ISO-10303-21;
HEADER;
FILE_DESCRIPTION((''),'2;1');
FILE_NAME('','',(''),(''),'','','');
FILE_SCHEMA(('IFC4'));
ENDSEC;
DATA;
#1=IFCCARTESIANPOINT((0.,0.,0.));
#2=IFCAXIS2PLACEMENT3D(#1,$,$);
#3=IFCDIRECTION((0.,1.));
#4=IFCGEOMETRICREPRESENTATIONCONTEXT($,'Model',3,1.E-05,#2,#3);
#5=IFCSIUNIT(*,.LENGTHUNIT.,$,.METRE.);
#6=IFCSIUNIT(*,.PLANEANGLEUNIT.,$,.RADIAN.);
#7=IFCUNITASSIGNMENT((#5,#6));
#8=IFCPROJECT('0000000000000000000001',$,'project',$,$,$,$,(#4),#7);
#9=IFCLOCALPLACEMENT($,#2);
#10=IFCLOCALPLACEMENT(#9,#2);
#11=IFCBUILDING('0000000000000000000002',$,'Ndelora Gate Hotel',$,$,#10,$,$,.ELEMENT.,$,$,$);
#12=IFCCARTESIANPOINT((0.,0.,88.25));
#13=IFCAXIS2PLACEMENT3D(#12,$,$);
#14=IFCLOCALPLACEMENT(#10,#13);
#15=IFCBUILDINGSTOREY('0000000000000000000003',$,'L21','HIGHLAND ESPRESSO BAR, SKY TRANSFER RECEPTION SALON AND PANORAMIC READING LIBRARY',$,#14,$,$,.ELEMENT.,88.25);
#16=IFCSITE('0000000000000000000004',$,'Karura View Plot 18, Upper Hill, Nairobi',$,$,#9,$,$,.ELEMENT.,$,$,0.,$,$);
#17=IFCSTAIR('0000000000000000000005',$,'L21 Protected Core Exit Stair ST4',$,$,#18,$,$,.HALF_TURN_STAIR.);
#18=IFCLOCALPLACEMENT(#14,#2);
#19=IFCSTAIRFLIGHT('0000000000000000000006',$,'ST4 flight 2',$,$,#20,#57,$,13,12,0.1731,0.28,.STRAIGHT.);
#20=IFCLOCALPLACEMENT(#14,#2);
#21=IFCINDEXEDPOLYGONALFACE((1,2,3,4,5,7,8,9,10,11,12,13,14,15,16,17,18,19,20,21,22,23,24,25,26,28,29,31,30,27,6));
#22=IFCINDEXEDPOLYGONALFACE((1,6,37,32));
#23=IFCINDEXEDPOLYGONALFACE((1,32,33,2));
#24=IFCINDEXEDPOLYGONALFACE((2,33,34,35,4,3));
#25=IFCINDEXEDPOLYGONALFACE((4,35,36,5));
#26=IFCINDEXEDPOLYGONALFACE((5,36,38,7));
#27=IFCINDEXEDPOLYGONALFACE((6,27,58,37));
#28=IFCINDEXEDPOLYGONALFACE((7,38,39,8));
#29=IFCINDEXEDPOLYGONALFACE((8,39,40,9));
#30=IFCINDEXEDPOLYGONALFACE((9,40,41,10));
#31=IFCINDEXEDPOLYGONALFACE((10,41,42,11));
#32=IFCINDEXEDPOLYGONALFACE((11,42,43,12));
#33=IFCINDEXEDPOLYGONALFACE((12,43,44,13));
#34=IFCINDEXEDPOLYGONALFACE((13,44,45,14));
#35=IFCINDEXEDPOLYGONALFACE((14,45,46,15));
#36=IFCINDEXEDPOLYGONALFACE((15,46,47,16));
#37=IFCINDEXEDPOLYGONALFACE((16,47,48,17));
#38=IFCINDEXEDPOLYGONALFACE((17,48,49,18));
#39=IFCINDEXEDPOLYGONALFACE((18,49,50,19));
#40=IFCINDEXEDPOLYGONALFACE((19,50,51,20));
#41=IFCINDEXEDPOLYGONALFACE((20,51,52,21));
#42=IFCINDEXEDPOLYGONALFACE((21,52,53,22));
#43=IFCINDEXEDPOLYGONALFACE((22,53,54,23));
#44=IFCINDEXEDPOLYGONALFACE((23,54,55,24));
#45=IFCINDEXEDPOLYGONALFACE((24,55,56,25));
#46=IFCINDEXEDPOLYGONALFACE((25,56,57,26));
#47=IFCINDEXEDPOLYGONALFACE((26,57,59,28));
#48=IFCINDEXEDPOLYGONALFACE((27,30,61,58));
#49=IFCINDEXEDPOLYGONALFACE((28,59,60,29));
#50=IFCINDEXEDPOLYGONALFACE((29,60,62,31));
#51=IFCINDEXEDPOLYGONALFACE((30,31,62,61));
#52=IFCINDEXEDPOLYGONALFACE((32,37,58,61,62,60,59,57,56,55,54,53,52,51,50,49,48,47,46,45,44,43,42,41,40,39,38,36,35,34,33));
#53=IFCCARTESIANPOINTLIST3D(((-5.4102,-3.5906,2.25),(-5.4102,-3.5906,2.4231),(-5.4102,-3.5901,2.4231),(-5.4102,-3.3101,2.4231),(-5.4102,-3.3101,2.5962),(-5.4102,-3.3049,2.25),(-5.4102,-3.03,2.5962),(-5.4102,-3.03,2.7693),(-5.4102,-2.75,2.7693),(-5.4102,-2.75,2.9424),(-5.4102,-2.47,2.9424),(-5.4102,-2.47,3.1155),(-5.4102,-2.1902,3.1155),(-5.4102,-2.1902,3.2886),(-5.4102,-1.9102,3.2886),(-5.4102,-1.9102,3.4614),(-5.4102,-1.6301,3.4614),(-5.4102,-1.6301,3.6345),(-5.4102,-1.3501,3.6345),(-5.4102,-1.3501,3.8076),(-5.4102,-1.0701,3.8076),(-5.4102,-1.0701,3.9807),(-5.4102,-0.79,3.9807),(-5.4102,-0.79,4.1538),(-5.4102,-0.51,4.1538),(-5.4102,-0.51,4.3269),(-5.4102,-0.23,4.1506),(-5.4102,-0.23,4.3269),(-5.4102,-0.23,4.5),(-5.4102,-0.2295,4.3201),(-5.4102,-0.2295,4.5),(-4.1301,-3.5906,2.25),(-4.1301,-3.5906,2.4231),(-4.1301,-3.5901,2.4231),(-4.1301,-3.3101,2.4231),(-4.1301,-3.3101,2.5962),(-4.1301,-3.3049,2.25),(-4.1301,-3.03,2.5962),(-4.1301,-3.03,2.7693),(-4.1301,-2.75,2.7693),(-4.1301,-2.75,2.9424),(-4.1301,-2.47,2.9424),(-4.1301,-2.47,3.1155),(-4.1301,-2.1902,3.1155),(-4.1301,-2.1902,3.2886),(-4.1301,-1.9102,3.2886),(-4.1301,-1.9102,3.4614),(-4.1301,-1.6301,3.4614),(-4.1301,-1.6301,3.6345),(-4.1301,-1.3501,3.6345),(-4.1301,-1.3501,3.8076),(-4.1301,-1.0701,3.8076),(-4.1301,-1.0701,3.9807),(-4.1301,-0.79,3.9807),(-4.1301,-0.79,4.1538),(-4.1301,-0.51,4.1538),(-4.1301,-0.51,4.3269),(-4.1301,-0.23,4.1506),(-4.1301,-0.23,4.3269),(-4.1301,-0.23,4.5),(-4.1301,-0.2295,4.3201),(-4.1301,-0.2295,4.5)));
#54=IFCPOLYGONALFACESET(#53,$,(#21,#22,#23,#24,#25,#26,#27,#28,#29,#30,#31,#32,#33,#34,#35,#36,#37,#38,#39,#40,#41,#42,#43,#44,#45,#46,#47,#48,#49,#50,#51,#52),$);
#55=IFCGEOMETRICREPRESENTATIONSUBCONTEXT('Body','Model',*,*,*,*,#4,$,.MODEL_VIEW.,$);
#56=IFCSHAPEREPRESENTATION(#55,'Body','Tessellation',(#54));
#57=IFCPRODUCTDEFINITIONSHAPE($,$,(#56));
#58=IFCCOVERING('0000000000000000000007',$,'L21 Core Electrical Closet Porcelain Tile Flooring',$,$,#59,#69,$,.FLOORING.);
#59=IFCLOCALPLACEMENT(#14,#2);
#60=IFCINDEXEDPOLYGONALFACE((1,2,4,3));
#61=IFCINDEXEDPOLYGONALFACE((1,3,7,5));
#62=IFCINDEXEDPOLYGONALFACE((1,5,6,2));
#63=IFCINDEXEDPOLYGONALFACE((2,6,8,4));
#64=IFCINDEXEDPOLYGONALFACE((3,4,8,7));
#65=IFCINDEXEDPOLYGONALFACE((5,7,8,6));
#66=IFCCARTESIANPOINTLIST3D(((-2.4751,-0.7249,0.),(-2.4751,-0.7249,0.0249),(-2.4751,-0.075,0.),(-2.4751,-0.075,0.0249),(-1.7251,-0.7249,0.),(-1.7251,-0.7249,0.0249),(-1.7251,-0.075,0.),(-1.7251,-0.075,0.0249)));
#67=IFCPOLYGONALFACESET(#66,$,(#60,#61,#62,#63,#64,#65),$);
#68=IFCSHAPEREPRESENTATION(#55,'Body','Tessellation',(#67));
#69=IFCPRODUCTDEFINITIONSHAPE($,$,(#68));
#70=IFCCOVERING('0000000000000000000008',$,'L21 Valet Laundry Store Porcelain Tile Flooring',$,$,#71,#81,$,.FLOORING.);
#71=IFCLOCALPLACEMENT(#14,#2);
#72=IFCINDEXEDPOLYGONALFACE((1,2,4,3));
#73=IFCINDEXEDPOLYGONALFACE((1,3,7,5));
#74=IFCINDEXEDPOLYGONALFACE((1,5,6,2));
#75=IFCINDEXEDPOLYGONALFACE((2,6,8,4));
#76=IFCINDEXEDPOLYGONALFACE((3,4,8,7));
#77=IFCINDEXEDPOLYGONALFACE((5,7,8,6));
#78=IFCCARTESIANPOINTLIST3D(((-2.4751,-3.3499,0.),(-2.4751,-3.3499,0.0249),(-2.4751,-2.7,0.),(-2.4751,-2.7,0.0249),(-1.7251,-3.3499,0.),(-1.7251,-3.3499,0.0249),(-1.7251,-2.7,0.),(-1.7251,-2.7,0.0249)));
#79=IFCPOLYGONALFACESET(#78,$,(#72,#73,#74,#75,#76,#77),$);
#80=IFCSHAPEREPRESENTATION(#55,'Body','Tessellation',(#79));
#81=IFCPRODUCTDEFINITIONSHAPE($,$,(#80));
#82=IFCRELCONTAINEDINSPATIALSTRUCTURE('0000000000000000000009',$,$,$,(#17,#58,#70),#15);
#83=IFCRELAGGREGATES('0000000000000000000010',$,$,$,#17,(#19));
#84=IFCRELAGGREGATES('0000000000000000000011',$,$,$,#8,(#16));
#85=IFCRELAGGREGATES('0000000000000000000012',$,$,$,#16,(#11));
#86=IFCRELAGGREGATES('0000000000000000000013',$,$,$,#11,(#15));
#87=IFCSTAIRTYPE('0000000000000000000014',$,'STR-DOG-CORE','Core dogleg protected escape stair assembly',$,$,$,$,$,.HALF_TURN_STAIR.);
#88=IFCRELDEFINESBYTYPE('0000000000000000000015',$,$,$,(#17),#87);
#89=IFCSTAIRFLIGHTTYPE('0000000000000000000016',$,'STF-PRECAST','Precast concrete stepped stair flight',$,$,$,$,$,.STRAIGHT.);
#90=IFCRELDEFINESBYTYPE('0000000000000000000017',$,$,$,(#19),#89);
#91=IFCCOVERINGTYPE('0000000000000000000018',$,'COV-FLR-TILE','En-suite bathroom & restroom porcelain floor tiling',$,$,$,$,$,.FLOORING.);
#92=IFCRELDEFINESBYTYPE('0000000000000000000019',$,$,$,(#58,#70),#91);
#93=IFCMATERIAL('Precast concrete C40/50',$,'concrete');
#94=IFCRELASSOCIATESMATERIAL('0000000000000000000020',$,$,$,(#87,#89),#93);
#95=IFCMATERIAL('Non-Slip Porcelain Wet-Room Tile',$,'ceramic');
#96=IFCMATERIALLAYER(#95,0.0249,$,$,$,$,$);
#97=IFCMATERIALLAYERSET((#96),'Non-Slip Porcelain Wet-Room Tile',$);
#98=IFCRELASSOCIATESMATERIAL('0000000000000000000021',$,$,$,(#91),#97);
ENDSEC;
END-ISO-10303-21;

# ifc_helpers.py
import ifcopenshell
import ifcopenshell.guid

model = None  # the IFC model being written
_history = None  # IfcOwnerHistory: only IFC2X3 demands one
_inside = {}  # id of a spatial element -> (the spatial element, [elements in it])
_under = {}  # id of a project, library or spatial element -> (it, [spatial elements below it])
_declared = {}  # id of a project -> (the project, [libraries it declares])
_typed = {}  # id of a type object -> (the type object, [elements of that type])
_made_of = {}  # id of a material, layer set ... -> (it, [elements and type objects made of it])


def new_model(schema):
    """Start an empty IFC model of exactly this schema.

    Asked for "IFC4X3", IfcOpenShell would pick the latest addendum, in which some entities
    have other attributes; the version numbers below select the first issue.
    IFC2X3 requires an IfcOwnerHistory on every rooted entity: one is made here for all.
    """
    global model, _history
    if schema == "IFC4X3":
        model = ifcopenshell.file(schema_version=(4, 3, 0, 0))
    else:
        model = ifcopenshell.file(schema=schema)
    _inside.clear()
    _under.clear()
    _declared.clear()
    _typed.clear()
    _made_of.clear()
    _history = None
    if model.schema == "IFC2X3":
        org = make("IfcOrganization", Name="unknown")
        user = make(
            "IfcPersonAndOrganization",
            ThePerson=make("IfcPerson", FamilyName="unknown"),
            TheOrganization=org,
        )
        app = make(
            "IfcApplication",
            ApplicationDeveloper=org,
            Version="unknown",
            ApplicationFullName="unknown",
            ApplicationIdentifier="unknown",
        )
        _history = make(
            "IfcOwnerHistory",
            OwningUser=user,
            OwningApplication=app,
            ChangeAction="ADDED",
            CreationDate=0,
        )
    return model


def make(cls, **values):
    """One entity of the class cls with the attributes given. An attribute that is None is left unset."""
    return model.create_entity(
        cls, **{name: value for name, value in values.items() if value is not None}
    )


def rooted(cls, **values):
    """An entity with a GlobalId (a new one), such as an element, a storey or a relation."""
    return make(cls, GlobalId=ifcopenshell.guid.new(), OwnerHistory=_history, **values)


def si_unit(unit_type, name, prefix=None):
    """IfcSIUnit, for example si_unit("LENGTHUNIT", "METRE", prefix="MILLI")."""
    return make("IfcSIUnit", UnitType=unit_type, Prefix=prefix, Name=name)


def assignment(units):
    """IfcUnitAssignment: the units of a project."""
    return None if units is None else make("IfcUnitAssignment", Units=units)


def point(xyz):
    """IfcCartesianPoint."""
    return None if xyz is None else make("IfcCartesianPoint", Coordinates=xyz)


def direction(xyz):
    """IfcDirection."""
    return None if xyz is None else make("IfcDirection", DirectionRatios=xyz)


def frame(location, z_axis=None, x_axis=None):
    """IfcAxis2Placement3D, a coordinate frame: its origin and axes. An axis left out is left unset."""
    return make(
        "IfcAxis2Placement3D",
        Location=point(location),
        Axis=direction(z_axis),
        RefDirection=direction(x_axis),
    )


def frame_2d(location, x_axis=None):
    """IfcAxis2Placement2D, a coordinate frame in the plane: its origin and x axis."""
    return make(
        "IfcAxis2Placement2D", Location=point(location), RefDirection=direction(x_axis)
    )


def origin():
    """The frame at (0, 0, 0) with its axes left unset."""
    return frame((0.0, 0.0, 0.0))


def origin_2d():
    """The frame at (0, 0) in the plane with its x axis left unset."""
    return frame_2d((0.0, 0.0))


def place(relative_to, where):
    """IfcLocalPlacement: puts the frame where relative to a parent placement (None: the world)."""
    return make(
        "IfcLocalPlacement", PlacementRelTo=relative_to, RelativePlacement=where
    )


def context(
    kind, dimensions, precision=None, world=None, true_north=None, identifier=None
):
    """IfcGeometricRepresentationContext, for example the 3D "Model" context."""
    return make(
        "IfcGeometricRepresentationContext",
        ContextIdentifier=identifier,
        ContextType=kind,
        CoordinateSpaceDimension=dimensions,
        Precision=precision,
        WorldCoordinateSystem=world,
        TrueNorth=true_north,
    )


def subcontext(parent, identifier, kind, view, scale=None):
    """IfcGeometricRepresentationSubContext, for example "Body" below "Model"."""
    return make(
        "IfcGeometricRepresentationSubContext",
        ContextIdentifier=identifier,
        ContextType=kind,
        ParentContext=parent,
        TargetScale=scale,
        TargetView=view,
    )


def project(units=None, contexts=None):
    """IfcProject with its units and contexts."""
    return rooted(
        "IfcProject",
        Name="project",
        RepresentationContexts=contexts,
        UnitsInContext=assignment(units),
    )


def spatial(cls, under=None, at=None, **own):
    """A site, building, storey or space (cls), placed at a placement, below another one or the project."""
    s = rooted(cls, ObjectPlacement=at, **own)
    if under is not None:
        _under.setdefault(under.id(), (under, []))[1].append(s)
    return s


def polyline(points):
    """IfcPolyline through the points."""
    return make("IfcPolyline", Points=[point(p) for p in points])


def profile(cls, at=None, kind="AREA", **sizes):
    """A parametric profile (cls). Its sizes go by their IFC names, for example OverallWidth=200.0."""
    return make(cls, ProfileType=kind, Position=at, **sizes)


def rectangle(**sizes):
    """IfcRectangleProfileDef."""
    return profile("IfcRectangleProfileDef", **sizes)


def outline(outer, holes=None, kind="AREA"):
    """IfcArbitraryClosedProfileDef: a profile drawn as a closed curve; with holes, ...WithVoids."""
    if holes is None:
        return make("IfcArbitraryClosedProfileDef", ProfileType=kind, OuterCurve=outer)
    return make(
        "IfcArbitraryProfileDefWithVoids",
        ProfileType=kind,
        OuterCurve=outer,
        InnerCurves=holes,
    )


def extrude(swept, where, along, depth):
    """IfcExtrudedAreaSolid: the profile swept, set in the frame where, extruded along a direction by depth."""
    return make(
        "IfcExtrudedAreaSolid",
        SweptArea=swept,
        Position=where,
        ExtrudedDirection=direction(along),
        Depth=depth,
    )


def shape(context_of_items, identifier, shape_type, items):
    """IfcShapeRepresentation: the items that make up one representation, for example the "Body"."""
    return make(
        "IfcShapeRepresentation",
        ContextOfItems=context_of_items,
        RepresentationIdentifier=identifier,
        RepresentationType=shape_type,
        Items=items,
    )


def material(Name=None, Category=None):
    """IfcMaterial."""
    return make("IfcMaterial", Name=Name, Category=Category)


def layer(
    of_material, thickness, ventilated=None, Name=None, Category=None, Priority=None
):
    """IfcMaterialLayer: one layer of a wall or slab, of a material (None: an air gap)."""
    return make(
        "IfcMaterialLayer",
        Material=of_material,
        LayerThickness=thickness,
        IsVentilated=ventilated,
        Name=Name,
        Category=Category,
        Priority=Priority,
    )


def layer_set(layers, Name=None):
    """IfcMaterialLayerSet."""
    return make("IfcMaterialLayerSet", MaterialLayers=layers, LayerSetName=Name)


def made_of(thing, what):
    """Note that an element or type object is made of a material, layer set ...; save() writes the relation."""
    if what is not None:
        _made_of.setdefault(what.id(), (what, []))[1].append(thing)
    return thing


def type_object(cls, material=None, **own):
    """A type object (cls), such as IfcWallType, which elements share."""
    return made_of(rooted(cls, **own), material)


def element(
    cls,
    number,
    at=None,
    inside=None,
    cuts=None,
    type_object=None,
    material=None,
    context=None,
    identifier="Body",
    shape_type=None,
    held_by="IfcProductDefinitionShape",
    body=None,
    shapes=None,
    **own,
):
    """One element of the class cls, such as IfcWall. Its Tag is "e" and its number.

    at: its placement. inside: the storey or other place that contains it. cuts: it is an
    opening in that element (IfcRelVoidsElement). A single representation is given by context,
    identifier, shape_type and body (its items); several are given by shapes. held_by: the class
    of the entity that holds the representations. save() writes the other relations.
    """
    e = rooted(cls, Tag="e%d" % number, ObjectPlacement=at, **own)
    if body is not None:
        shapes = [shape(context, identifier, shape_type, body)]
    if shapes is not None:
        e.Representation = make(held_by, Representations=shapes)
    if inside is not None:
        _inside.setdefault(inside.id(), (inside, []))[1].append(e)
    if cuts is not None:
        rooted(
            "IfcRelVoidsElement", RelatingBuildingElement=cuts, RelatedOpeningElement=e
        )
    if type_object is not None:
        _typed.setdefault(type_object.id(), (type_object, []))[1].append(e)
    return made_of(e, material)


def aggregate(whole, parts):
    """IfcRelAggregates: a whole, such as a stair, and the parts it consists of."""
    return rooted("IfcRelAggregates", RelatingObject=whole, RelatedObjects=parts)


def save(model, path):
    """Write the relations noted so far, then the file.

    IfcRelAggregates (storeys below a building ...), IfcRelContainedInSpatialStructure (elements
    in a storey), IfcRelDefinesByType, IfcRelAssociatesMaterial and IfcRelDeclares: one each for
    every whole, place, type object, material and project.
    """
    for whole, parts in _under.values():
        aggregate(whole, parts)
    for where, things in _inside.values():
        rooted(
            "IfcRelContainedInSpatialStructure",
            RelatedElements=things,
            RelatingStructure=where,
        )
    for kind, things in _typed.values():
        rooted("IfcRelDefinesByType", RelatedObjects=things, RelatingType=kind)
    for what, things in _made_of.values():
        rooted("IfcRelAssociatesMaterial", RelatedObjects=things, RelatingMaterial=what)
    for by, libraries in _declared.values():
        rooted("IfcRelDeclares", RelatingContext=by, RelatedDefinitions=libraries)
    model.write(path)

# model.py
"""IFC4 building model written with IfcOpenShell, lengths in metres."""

from ifc_helpers import new_model, si_unit, direction, frame, origin, origin_2d, place, context, subcontext, project, spatial, polyline, rectangle, outline, extrude, material, layer, layer_set, type_object, element, aggregate, save


model = new_model("IFC4")

# Units and contexts
model_context = context("Model", 3, precision=1e-05, world=origin(), true_north=direction((0.0, 1.0)))
body_context = subcontext(model_context, "Body", "Model", "MODEL_VIEW")
ifc_project = project(units=[si_unit("LENGTHUNIT", "METRE"), si_unit("PLANEANGLEUNIT", "RADIAN")], contexts=[model_context])

# Site, building, storey
site_placement = place(None, origin())
site = spatial("IfcSite", under=ifc_project, at=site_placement, Name="Karura View Plot 18, Upper Hill, Nairobi", CompositionType="ELEMENT", RefElevation=0.0)
building_placement = place(site_placement, origin())
building = spatial("IfcBuilding", under=site, at=building_placement, Name="Ndelora Gate Hotel", CompositionType="ELEMENT")
storey_placement = place(building_placement, frame((0.0, 0.0, 88.25)))
storey = spatial("IfcBuildingStorey", under=building, at=storey_placement, Name="L21", Description="HIGHLAND ESPRESSO BAR, SKY TRANSFER RECEPTION SALON AND PANORAMIC READING LIBRARY", CompositionType="ELEMENT", Elevation=88.25)

# Stair, stair flight
ifc_material_1 = material(Name="Precast concrete C40/50", Category="concrete")
stair_type = type_object("IfcStairType", Name="STR-DOG-CORE", Description="Core dogleg protected escape stair assembly", PredefinedType="HALF_TURN_STAIR", material=ifc_material_1)
stair_placement = place(storey_placement, origin())
stair = element("IfcStair", 1, at=stair_placement, inside=storey, type_object=stair_type, Name="L21 Protected Core Exit Stair ST4", PredefinedType="HALF_TURN_STAIR")
stair_flight_type = type_object("IfcStairFlightType", Name="STF-PRECAST", Description="Precast concrete stepped stair flight", PredefinedType="STRAIGHT", material=ifc_material_1)
stair_flight_1_placement = place(storey_placement, frame((-4.77, -3.5901, 2.25), z_axis=(0.0, 0.0, 1.0), x_axis=(0.0, 1.0, 0.0)))
stair_flight_1 = element("IfcStairFlight", 2, at=stair_flight_1_placement, type_object=stair_flight_type, Name="ST4 flight 2", NumberOfRisers=13, NumberOfTreads=12, PredefinedType="STRAIGHT", RiserHeight=0.1731, TreadLength=0.28, context=body_context, shape_type="SweptSolid", body=[
    extrude(outline(polyline([(-0.0005, 0.0), (-0.0005, 0.1731), (0.0, 0.1731), (0.28, 0.1731), (0.28, 0.3462), (0.5601, 0.3462), (0.5601, 0.5193), (0.8401, 0.5193), (0.8401, 0.6924), (1.1201, 0.6924), (1.1201, 0.8655), (1.3999, 0.8655), (1.3999, 1.0386), (1.6799, 1.0386), (1.6799, 1.2114), (1.96, 1.2114), (1.96, 1.3845), (2.24, 1.3845), (2.24, 1.5576), (2.52, 1.5576), (2.52, 1.7307), (2.8, 1.7307), (2.8, 1.9038), (3.0801, 1.9038), (3.0801, 2.0769), (3.3601, 2.0769), (3.3601, 2.25), (3.3606, 2.25), (3.3606, 2.0701), (3.3601, 1.9006), (0.2852, 0.0), (-0.0005, 0.0)])), frame((0.0, 0.6401, 0.0), z_axis=(0.0, -1.0, 0.0), x_axis=(1.0, 0.0, 0.0)), (0.0, 0.0, 1.0), 1.28),
])
aggregate(stair, [stair_flight_1])

# Coverings
ifc_material_2 = material(Name="Non-Slip Porcelain Wet-Room Tile", Category="ceramic")
ifc_layer_1 = layer(ifc_material_2, 0.0249)
ifc_layer_set_1 = layer_set([ifc_layer_1], Name="Non-Slip Porcelain Wet-Room Tile")
covering_type = type_object("IfcCoveringType", Name="COV-FLR-TILE", Description="En-suite bathroom & restroom porcelain floor tiling", PredefinedType="FLOORING", material=ifc_layer_set_1)
for number, where, z_axis, x_axis, name in (
    (3, (-2.1001, -0.3999, 0.0), (0.0, 0.0, 1.0), (1.0, 0.0, 0.0), "L21 Core Electrical Closet Porcelain Tile Flooring"),
    (4, (-2.1001, -3.0249, 0.0), (0.0, 0.0, 1.0), (1.0, 0.0, 0.0), "L21 Valet Laundry Store Porcelain Tile Flooring"),
):
    element("IfcCovering", number, at=place(storey_placement, frame(where, z_axis=z_axis, x_axis=x_axis)), inside=storey, type_object=covering_type, Name=name, PredefinedType="FLOORING", context=body_context, shape_type="SweptSolid", body=[
        extrude(rectangle(XDim=0.75, YDim=0.6499, at=origin_2d()), origin(), (0.0, 0.0, 1.0), 0.0249),
    ])

save(model, "model.ifc")
